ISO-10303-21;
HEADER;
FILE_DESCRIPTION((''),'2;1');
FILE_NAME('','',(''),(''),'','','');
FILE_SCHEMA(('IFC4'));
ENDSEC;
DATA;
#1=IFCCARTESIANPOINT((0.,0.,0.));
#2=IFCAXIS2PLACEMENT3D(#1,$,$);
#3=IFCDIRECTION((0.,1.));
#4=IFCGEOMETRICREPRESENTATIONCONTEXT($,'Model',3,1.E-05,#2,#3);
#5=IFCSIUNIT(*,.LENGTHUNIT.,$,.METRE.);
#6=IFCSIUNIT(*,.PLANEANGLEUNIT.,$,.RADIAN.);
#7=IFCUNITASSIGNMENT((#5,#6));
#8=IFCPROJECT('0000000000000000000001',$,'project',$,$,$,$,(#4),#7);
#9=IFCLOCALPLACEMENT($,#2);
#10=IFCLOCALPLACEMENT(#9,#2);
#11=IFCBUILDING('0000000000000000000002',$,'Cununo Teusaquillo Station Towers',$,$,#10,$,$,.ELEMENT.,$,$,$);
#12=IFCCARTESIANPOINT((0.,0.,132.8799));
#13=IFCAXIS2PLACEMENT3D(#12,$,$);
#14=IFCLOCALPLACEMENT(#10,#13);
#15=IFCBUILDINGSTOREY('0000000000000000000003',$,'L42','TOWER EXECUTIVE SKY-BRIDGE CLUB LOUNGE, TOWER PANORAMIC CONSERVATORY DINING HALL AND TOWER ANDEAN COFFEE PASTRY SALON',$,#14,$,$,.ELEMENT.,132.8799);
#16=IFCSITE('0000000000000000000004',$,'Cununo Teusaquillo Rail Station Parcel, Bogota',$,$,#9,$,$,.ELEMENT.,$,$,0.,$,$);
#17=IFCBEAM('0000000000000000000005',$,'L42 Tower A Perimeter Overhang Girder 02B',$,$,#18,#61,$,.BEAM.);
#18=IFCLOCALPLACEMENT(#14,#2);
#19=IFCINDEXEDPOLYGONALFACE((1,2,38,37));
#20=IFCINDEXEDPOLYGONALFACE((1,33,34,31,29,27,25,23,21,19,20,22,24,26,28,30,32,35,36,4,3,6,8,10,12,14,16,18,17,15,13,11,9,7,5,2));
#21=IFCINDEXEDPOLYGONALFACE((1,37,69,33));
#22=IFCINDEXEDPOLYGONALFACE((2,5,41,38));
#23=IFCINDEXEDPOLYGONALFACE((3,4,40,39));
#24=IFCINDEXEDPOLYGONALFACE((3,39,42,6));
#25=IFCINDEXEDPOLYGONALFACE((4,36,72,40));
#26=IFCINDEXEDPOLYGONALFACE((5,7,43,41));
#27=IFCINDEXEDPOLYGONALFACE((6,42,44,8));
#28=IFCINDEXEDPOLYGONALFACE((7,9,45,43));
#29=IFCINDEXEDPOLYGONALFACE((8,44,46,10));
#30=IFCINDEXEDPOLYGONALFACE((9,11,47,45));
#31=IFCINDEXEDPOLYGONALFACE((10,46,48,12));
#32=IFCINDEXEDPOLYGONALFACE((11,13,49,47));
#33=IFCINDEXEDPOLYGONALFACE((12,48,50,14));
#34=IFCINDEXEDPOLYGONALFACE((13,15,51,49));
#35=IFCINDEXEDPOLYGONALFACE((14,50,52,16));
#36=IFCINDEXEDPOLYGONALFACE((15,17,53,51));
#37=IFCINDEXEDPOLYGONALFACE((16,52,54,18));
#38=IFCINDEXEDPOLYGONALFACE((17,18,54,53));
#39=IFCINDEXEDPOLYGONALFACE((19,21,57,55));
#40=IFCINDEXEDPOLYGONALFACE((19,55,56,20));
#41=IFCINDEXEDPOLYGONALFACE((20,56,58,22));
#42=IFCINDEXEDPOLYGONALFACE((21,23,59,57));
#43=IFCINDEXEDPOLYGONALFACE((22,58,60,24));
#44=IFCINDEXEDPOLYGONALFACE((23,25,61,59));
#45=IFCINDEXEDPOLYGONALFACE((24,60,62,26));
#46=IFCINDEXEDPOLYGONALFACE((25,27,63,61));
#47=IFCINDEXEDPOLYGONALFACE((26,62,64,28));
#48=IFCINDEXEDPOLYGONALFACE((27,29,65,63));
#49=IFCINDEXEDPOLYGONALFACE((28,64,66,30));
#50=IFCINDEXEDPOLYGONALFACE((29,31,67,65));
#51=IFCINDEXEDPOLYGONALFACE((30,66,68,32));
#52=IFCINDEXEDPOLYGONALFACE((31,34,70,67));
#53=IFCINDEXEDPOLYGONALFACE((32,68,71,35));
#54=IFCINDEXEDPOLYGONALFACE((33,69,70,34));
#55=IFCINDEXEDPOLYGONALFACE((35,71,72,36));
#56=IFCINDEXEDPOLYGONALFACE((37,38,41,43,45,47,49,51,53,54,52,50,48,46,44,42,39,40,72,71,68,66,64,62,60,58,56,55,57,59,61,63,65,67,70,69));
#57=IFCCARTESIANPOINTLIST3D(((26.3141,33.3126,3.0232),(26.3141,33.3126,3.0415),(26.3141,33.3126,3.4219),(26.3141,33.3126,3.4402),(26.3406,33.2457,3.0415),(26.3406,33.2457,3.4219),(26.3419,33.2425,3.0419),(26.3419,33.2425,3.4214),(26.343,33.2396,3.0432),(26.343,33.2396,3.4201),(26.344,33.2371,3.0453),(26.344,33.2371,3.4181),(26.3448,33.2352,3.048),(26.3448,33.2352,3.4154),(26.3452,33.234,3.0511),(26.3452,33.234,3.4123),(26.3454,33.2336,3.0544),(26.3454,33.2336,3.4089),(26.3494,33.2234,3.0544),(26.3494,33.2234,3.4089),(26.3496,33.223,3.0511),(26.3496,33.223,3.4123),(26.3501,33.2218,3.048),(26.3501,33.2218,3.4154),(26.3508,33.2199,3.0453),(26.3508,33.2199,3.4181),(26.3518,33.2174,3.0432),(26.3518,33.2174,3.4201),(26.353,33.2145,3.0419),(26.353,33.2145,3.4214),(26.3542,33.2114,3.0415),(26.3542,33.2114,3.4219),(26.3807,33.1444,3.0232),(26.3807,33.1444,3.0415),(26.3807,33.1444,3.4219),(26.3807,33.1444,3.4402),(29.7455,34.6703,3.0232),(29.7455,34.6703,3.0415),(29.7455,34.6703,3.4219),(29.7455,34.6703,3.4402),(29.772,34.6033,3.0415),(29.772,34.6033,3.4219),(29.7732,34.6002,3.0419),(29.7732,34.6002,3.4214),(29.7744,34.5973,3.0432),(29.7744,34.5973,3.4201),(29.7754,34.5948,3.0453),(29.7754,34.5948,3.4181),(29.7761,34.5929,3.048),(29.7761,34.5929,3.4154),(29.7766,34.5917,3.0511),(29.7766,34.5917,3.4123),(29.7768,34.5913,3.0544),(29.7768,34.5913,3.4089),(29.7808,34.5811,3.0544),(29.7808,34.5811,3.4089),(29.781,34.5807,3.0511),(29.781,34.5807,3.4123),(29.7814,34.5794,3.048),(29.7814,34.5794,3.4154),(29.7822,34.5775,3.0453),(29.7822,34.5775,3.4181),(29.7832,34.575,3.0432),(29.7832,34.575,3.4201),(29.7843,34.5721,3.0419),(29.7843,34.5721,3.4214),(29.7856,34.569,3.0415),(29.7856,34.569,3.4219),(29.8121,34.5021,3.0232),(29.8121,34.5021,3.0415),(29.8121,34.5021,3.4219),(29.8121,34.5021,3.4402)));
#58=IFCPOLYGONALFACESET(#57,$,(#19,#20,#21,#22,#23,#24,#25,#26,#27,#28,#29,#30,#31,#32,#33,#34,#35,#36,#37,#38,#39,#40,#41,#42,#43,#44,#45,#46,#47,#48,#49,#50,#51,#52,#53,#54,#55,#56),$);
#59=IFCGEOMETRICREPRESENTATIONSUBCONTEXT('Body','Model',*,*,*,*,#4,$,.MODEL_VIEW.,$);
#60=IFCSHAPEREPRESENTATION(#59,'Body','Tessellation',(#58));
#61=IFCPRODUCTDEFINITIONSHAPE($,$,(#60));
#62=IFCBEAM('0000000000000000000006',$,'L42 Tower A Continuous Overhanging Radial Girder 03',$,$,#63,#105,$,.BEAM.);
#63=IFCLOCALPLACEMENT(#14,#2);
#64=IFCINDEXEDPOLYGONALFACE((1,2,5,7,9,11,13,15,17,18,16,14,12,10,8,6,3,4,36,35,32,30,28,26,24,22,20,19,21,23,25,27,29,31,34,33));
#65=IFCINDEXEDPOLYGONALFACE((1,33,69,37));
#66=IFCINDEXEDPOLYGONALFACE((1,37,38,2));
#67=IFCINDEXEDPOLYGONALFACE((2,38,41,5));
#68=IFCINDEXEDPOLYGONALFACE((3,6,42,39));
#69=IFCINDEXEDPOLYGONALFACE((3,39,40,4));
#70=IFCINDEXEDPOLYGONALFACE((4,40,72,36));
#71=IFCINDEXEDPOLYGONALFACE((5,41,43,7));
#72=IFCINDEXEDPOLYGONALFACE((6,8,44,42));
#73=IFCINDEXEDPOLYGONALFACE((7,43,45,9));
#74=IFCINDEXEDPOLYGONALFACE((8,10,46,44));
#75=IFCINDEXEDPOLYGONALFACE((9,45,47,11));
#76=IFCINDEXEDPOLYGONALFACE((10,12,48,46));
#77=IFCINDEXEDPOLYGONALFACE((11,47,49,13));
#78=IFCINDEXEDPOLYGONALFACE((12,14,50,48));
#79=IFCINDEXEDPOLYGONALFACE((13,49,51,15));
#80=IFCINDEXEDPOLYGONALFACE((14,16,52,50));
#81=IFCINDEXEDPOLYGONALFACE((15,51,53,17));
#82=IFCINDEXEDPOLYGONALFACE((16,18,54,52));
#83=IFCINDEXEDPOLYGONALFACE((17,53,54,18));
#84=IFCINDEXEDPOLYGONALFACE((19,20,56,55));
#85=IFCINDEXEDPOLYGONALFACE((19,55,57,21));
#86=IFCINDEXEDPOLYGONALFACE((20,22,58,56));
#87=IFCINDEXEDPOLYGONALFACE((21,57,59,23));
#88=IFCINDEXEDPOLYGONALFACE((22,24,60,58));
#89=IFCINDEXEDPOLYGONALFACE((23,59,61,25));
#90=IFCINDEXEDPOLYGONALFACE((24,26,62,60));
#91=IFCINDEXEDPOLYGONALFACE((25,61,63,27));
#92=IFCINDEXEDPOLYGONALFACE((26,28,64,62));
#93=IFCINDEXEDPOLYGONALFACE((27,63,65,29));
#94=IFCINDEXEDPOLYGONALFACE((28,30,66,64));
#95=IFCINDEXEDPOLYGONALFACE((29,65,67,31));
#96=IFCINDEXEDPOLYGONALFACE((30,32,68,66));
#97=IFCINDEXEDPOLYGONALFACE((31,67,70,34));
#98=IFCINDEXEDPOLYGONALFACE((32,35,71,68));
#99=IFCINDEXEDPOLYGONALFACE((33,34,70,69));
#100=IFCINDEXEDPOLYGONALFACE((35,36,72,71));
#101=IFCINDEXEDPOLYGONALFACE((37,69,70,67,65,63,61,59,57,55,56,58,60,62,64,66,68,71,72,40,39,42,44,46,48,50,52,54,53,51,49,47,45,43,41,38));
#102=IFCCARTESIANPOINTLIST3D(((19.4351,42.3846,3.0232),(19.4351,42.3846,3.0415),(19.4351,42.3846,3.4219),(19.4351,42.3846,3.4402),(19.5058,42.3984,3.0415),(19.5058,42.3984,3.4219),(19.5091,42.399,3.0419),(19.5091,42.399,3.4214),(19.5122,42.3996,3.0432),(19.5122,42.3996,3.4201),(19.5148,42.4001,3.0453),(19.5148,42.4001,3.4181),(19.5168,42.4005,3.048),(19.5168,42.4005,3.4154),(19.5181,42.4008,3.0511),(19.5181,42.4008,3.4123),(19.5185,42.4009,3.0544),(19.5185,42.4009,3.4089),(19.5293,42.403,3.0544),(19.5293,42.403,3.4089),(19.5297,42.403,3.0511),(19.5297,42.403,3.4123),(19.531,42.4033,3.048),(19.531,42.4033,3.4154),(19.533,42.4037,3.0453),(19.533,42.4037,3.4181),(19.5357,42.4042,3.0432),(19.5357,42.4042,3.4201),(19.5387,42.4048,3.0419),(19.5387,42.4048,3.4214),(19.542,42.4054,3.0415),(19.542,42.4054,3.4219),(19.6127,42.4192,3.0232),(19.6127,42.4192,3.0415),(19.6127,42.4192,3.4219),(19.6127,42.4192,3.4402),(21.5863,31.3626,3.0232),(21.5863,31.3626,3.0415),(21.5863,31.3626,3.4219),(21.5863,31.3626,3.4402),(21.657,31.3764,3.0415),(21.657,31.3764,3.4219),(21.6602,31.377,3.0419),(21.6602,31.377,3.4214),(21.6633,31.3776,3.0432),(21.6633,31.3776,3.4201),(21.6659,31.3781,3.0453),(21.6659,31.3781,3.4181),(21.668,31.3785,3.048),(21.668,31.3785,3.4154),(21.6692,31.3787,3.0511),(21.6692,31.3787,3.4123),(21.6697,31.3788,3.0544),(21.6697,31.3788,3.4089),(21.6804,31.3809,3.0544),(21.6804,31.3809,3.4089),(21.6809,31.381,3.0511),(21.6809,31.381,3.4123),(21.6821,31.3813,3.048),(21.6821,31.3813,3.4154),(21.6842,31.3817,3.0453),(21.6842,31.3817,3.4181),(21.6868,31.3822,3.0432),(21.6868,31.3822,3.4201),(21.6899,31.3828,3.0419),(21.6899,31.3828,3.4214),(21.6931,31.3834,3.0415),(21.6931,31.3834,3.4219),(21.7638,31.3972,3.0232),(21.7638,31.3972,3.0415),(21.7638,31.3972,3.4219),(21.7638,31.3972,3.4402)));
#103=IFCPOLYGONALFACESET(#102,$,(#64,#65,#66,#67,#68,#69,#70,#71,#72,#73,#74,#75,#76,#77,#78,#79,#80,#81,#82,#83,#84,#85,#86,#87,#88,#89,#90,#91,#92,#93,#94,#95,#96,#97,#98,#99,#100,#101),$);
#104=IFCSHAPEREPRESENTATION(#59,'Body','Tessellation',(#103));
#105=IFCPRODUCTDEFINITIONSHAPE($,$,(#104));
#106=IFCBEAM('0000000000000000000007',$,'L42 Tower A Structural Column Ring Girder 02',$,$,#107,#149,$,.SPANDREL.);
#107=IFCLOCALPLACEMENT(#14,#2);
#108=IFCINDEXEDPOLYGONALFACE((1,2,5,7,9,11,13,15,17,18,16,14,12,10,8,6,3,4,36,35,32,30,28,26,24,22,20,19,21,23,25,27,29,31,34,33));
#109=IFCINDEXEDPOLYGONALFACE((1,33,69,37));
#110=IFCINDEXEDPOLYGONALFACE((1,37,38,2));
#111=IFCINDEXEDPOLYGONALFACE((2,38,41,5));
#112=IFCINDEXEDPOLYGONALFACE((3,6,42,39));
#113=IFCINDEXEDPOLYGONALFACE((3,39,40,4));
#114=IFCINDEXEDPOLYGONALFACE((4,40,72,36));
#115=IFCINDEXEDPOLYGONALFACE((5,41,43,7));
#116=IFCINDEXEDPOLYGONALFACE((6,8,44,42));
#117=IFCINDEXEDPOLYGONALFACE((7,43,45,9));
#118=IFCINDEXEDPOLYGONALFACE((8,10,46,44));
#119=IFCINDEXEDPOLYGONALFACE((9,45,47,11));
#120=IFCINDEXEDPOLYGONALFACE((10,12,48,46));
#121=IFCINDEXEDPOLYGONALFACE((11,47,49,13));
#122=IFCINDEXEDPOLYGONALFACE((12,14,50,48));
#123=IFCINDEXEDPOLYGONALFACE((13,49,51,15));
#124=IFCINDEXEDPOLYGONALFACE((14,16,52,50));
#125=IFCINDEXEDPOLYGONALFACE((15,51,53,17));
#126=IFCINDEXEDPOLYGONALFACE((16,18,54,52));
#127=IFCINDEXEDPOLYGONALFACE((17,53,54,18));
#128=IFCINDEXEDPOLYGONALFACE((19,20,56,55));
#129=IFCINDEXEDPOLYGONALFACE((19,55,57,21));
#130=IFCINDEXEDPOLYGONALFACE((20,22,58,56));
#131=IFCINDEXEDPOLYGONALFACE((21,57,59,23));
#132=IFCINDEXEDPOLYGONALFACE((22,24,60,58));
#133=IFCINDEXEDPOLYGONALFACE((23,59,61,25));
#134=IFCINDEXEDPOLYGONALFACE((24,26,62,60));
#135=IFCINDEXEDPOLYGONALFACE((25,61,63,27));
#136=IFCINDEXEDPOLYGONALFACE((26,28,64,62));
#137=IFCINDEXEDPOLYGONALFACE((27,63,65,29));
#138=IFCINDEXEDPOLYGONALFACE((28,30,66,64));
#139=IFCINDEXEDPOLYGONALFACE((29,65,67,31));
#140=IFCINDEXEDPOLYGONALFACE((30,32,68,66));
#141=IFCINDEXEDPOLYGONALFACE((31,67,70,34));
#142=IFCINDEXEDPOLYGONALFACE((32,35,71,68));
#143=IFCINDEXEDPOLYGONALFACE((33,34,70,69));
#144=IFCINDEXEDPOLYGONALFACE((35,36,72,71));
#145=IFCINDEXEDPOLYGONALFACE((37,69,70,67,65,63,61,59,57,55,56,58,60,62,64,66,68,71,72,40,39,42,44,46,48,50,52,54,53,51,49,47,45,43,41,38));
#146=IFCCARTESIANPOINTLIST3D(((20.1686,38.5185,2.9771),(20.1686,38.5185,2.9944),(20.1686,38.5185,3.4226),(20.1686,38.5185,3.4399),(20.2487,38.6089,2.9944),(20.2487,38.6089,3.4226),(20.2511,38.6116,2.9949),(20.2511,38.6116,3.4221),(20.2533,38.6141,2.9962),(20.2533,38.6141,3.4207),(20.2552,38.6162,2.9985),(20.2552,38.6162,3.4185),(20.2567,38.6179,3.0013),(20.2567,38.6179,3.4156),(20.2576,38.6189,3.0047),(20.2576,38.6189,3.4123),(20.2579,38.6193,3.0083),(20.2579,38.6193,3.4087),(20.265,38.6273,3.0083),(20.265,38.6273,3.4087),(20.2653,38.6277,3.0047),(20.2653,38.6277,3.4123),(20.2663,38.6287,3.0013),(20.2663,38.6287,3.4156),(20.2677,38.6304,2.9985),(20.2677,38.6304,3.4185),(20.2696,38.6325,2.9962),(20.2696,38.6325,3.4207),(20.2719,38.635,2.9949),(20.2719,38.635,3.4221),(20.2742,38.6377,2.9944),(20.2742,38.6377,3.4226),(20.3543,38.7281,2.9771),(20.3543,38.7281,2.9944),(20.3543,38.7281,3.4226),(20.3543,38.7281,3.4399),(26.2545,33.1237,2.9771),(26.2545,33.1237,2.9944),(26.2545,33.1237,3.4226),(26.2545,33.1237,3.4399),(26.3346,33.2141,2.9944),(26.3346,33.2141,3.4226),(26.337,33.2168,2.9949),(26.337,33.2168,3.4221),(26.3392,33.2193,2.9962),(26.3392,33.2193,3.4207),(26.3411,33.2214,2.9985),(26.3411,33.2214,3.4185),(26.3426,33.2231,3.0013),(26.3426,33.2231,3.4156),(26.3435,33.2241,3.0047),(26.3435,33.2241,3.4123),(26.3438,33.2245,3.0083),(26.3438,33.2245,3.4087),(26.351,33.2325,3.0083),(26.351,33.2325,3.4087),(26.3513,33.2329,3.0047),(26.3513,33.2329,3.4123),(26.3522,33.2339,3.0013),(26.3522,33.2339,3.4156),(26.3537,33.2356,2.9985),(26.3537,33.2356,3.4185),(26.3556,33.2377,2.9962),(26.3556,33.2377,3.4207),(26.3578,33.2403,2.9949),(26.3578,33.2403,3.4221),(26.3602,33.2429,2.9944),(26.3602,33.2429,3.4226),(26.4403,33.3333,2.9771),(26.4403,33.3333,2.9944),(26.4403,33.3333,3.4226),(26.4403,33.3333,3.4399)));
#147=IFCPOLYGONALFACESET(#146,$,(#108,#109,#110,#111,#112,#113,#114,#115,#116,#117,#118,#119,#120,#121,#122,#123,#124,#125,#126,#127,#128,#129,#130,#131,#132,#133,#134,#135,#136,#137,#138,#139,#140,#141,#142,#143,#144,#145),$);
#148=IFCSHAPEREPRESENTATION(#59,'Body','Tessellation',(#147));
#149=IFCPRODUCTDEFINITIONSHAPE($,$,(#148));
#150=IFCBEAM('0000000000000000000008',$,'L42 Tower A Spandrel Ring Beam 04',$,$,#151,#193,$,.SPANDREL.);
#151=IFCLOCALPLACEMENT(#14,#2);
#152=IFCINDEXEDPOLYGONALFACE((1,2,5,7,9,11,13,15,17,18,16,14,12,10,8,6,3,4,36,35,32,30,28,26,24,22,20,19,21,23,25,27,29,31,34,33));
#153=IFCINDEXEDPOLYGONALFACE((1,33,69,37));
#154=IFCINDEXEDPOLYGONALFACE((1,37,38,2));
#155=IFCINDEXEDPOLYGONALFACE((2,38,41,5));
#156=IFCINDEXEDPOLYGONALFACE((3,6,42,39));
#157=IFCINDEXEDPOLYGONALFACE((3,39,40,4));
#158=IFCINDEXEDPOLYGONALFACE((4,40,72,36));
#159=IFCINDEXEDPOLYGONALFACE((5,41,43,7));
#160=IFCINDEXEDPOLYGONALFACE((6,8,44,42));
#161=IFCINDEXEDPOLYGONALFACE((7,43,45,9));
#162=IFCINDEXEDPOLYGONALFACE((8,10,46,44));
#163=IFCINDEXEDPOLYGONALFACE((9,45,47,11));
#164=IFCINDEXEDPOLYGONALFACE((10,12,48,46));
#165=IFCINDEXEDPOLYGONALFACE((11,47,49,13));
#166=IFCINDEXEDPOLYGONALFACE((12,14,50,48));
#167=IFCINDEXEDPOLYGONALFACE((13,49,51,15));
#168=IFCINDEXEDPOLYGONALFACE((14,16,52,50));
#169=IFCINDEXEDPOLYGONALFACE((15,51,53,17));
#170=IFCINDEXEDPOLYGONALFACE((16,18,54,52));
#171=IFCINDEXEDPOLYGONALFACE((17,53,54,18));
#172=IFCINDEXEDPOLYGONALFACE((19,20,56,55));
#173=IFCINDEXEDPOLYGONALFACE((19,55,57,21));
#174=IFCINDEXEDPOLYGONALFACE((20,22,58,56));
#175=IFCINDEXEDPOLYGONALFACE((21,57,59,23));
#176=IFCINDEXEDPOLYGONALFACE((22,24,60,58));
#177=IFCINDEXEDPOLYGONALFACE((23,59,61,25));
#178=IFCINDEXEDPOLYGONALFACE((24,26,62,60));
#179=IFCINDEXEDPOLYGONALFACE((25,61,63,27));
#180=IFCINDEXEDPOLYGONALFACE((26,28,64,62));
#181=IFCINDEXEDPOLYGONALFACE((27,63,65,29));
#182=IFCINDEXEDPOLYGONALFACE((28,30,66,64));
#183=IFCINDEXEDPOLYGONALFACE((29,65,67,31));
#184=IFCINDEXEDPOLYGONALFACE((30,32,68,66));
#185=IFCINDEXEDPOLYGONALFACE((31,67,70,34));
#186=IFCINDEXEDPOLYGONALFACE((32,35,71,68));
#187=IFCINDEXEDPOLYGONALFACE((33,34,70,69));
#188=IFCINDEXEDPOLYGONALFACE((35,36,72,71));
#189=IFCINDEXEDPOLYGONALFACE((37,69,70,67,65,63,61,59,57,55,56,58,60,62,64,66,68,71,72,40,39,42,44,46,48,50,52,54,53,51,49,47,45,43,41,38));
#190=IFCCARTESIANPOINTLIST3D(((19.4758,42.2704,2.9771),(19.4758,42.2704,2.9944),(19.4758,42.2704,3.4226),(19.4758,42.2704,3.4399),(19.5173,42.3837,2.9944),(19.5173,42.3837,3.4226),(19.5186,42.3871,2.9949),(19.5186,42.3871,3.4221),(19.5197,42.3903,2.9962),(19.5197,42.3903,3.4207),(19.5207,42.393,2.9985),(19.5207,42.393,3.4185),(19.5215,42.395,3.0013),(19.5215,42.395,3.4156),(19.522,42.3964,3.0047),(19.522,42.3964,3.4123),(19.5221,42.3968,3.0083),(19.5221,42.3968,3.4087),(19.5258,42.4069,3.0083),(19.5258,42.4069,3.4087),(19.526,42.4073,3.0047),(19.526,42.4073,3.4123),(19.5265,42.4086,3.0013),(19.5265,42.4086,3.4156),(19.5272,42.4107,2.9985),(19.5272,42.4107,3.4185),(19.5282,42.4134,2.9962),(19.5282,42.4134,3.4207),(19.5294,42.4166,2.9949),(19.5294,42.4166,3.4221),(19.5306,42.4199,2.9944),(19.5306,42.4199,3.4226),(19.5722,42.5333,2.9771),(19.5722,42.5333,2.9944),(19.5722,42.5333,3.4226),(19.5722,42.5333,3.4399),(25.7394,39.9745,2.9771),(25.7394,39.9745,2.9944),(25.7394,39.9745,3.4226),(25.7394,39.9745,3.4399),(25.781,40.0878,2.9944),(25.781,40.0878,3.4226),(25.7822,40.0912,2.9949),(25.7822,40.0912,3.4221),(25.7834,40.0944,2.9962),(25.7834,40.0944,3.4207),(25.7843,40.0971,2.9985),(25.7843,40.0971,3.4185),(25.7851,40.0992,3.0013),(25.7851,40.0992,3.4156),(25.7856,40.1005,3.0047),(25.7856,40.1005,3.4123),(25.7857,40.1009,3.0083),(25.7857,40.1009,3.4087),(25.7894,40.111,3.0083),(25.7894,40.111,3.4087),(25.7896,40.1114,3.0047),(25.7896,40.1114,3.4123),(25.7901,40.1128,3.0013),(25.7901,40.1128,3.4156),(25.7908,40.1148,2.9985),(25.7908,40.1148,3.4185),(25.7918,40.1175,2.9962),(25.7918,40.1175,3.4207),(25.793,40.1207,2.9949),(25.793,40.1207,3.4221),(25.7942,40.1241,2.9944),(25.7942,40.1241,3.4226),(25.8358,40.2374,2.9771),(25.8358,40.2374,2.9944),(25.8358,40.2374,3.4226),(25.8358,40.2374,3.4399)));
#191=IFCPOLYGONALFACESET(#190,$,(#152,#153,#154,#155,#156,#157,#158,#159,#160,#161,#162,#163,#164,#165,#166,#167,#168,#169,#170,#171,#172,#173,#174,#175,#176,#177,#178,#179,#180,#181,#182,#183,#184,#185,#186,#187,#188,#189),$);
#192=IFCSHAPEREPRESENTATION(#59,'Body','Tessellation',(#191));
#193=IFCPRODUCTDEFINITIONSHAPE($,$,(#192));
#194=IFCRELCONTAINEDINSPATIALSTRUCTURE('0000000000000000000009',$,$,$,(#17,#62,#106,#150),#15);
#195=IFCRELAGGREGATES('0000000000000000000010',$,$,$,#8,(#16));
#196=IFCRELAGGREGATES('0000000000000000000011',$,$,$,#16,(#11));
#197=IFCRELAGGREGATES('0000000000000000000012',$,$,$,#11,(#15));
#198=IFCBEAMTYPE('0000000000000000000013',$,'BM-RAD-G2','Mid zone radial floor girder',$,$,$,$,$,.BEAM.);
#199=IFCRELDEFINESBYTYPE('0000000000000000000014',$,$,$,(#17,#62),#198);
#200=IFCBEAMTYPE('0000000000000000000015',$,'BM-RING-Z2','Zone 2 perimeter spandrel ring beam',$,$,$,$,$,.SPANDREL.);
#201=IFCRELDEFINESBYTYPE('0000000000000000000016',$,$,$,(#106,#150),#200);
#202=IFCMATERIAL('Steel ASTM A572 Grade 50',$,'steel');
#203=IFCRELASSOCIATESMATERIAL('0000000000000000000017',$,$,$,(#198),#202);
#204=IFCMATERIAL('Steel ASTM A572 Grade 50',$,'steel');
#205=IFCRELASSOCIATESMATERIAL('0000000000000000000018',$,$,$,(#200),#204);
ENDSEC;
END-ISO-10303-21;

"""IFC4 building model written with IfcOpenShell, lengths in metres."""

from ifc_helpers import new_model, si_unit, direction, frame, origin, origin_2d, place, context, subcontext, project, spatial, i_section, extrude, material, material_profile, profile_set, type_object, element, save


model = new_model("IFC4")

# Units and contexts
model_context = context("Model", 3, precision=1e-05, world=origin(), true_north=direction((0.0, 1.0)))
body_context = subcontext(model_context, "Body", "Model", "MODEL_VIEW")
ifc_project = project(units=[si_unit("LENGTHUNIT", "METRE"), si_unit("PLANEANGLEUNIT", "RADIAN")], contexts=[model_context])

# Site, building, storey
site_placement = place(None, origin())
site = spatial("IfcSite", under=ifc_project, at=site_placement, Name="Cununo Teusaquillo Rail Station Parcel, Bogota", CompositionType="ELEMENT", RefElevation=0.0)
building_placement = place(site_placement, origin())
building = spatial("IfcBuilding", under=site, at=building_placement, Name="Cununo Teusaquillo Station Towers", CompositionType="ELEMENT")
storey_placement = place(building_placement, frame((0.0, 0.0, 132.8799)))
storey = spatial("IfcBuildingStorey", under=building, at=storey_placement, Name="L42", Description="TOWER EXECUTIVE SKY-BRIDGE CLUB LOUNGE, TOWER PANORAMIC CONSERVATORY DINING HALL AND TOWER ANDEAN COFFEE PASTRY SALON", CompositionType="ELEMENT", Elevation=132.8799)

# Beams
ifc_material_1 = material(Name="Steel ASTM A572 Grade 50", Category="steel")
ifc_material_profile_1 = material_profile(ifc_material_1, i_section(OverallWidth=0.1809, OverallDepth=0.417, WebThickness=0.011, FlangeThickness=0.0183, FilletRadius=0.0129, at=origin_2d()), Name="W16X57")
ifc_profile_set_1 = profile_set([ifc_material_profile_1], Name="Steel ASTM A572 Grade 50")
beam_type_1 = type_object("IfcBeamType", Name="BM-RAD-G2", Description="Mid zone radial floor girder", PredefinedType="BEAM", material=ifc_profile_set_1)
beam_1_placement = place(storey_placement, frame((26.3474, 33.2285, 3.2317), z_axis=(0.929862, 0.367909, 0.0), x_axis=(-0.367909, 0.929862, 0.0)))
element("IfcBeam", 1, at=beam_1_placement, inside=storey, type_object=beam_type_1, Name="L42 Tower A Perimeter Overhang Girder 02B", PredefinedType="BEAM", context=body_context, shape_type="SweptSolid", body=[
    extrude(i_section(OverallWidth=0.1809, OverallDepth=0.417, WebThickness=0.011, FlangeThickness=0.0183, FilletRadius=0.0129, at=origin_2d()), origin(), (0.0, 0.0, 1.0), 3.6902),
])
beam_2_placement = place(storey_placement, frame((21.675, 31.3799, 3.2317), z_axis=(-0.191553, 0.981482, 0.0), x_axis=(-0.981482, -0.191553, 0.0)))
element("IfcBeam", 2, at=beam_2_placement, inside=storey, type_object=beam_type_1, Name="L42 Tower A Continuous Overhanging Radial Girder 03", PredefinedType="BEAM", context=body_context, shape_type="SweptSolid", body=[
    extrude(i_section(OverallWidth=0.1809, OverallDepth=0.417, WebThickness=0.011, FlangeThickness=0.0183, FilletRadius=0.0129, at=origin_2d()), origin(), (0.0, 0.0, 1.0), 11.23),
])
ifc_material_2 = material(Name="Steel ASTM A572 Grade 50", Category="steel")
ifc_material_profile_2 = material_profile(ifc_material_2, i_section(OverallWidth=0.28, OverallDepth=0.4629, WebThickness=0.0107, FlangeThickness=0.0173, FilletRadius=0.0139, at=origin_2d()), Name="W18X76")
ifc_profile_set_2 = profile_set([ifc_material_profile_2], Name="Steel ASTM A572 Grade 50")
beam_type_2 = type_object("IfcBeamType", Name="BM-RING-Z2", Description="Zone 2 perimeter spandrel ring beam", PredefinedType="SPANDREL", material=ifc_profile_set_2)
beam_3_placement = place(storey_placement, frame((26.3474, 33.2285, 3.2085), z_axis=(-0.748321, 0.663337, 0.0), x_axis=(-0.663337, -0.748321, 0.0)))
element("IfcBeam", 3, at=beam_3_placement, inside=storey, type_object=beam_type_2, Name="L42 Tower A Structural Column Ring Girder 02", PredefinedType="SPANDREL", context=body_context, shape_type="SweptSolid", body=[
    extrude(i_section(OverallWidth=0.28, OverallDepth=0.4629, WebThickness=0.0107, FlangeThickness=0.0173, FilletRadius=0.0139, at=origin_2d()), origin(), (0.0, 0.0, 1.0), 8.1328),
])
beam_4_placement = place(storey_placement, frame((25.7876, 40.106, 3.2085), z_axis=(-0.938914, 0.344151, 0.0), x_axis=(-0.344151, -0.938914, 0.0)))
element("IfcBeam", 4, at=beam_4_placement, inside=storey, type_object=beam_type_2, Name="L42 Tower A Spandrel Ring Beam 04", PredefinedType="SPANDREL", context=body_context, shape_type="SweptSolid", body=[
    extrude(i_section(OverallWidth=0.28, OverallDepth=0.4629, WebThickness=0.0107, FlangeThickness=0.0173, FilletRadius=0.0139, at=origin_2d()), origin(), (0.0, 0.0, 1.0), 6.6711),
])

save(model, "model.ifc")
